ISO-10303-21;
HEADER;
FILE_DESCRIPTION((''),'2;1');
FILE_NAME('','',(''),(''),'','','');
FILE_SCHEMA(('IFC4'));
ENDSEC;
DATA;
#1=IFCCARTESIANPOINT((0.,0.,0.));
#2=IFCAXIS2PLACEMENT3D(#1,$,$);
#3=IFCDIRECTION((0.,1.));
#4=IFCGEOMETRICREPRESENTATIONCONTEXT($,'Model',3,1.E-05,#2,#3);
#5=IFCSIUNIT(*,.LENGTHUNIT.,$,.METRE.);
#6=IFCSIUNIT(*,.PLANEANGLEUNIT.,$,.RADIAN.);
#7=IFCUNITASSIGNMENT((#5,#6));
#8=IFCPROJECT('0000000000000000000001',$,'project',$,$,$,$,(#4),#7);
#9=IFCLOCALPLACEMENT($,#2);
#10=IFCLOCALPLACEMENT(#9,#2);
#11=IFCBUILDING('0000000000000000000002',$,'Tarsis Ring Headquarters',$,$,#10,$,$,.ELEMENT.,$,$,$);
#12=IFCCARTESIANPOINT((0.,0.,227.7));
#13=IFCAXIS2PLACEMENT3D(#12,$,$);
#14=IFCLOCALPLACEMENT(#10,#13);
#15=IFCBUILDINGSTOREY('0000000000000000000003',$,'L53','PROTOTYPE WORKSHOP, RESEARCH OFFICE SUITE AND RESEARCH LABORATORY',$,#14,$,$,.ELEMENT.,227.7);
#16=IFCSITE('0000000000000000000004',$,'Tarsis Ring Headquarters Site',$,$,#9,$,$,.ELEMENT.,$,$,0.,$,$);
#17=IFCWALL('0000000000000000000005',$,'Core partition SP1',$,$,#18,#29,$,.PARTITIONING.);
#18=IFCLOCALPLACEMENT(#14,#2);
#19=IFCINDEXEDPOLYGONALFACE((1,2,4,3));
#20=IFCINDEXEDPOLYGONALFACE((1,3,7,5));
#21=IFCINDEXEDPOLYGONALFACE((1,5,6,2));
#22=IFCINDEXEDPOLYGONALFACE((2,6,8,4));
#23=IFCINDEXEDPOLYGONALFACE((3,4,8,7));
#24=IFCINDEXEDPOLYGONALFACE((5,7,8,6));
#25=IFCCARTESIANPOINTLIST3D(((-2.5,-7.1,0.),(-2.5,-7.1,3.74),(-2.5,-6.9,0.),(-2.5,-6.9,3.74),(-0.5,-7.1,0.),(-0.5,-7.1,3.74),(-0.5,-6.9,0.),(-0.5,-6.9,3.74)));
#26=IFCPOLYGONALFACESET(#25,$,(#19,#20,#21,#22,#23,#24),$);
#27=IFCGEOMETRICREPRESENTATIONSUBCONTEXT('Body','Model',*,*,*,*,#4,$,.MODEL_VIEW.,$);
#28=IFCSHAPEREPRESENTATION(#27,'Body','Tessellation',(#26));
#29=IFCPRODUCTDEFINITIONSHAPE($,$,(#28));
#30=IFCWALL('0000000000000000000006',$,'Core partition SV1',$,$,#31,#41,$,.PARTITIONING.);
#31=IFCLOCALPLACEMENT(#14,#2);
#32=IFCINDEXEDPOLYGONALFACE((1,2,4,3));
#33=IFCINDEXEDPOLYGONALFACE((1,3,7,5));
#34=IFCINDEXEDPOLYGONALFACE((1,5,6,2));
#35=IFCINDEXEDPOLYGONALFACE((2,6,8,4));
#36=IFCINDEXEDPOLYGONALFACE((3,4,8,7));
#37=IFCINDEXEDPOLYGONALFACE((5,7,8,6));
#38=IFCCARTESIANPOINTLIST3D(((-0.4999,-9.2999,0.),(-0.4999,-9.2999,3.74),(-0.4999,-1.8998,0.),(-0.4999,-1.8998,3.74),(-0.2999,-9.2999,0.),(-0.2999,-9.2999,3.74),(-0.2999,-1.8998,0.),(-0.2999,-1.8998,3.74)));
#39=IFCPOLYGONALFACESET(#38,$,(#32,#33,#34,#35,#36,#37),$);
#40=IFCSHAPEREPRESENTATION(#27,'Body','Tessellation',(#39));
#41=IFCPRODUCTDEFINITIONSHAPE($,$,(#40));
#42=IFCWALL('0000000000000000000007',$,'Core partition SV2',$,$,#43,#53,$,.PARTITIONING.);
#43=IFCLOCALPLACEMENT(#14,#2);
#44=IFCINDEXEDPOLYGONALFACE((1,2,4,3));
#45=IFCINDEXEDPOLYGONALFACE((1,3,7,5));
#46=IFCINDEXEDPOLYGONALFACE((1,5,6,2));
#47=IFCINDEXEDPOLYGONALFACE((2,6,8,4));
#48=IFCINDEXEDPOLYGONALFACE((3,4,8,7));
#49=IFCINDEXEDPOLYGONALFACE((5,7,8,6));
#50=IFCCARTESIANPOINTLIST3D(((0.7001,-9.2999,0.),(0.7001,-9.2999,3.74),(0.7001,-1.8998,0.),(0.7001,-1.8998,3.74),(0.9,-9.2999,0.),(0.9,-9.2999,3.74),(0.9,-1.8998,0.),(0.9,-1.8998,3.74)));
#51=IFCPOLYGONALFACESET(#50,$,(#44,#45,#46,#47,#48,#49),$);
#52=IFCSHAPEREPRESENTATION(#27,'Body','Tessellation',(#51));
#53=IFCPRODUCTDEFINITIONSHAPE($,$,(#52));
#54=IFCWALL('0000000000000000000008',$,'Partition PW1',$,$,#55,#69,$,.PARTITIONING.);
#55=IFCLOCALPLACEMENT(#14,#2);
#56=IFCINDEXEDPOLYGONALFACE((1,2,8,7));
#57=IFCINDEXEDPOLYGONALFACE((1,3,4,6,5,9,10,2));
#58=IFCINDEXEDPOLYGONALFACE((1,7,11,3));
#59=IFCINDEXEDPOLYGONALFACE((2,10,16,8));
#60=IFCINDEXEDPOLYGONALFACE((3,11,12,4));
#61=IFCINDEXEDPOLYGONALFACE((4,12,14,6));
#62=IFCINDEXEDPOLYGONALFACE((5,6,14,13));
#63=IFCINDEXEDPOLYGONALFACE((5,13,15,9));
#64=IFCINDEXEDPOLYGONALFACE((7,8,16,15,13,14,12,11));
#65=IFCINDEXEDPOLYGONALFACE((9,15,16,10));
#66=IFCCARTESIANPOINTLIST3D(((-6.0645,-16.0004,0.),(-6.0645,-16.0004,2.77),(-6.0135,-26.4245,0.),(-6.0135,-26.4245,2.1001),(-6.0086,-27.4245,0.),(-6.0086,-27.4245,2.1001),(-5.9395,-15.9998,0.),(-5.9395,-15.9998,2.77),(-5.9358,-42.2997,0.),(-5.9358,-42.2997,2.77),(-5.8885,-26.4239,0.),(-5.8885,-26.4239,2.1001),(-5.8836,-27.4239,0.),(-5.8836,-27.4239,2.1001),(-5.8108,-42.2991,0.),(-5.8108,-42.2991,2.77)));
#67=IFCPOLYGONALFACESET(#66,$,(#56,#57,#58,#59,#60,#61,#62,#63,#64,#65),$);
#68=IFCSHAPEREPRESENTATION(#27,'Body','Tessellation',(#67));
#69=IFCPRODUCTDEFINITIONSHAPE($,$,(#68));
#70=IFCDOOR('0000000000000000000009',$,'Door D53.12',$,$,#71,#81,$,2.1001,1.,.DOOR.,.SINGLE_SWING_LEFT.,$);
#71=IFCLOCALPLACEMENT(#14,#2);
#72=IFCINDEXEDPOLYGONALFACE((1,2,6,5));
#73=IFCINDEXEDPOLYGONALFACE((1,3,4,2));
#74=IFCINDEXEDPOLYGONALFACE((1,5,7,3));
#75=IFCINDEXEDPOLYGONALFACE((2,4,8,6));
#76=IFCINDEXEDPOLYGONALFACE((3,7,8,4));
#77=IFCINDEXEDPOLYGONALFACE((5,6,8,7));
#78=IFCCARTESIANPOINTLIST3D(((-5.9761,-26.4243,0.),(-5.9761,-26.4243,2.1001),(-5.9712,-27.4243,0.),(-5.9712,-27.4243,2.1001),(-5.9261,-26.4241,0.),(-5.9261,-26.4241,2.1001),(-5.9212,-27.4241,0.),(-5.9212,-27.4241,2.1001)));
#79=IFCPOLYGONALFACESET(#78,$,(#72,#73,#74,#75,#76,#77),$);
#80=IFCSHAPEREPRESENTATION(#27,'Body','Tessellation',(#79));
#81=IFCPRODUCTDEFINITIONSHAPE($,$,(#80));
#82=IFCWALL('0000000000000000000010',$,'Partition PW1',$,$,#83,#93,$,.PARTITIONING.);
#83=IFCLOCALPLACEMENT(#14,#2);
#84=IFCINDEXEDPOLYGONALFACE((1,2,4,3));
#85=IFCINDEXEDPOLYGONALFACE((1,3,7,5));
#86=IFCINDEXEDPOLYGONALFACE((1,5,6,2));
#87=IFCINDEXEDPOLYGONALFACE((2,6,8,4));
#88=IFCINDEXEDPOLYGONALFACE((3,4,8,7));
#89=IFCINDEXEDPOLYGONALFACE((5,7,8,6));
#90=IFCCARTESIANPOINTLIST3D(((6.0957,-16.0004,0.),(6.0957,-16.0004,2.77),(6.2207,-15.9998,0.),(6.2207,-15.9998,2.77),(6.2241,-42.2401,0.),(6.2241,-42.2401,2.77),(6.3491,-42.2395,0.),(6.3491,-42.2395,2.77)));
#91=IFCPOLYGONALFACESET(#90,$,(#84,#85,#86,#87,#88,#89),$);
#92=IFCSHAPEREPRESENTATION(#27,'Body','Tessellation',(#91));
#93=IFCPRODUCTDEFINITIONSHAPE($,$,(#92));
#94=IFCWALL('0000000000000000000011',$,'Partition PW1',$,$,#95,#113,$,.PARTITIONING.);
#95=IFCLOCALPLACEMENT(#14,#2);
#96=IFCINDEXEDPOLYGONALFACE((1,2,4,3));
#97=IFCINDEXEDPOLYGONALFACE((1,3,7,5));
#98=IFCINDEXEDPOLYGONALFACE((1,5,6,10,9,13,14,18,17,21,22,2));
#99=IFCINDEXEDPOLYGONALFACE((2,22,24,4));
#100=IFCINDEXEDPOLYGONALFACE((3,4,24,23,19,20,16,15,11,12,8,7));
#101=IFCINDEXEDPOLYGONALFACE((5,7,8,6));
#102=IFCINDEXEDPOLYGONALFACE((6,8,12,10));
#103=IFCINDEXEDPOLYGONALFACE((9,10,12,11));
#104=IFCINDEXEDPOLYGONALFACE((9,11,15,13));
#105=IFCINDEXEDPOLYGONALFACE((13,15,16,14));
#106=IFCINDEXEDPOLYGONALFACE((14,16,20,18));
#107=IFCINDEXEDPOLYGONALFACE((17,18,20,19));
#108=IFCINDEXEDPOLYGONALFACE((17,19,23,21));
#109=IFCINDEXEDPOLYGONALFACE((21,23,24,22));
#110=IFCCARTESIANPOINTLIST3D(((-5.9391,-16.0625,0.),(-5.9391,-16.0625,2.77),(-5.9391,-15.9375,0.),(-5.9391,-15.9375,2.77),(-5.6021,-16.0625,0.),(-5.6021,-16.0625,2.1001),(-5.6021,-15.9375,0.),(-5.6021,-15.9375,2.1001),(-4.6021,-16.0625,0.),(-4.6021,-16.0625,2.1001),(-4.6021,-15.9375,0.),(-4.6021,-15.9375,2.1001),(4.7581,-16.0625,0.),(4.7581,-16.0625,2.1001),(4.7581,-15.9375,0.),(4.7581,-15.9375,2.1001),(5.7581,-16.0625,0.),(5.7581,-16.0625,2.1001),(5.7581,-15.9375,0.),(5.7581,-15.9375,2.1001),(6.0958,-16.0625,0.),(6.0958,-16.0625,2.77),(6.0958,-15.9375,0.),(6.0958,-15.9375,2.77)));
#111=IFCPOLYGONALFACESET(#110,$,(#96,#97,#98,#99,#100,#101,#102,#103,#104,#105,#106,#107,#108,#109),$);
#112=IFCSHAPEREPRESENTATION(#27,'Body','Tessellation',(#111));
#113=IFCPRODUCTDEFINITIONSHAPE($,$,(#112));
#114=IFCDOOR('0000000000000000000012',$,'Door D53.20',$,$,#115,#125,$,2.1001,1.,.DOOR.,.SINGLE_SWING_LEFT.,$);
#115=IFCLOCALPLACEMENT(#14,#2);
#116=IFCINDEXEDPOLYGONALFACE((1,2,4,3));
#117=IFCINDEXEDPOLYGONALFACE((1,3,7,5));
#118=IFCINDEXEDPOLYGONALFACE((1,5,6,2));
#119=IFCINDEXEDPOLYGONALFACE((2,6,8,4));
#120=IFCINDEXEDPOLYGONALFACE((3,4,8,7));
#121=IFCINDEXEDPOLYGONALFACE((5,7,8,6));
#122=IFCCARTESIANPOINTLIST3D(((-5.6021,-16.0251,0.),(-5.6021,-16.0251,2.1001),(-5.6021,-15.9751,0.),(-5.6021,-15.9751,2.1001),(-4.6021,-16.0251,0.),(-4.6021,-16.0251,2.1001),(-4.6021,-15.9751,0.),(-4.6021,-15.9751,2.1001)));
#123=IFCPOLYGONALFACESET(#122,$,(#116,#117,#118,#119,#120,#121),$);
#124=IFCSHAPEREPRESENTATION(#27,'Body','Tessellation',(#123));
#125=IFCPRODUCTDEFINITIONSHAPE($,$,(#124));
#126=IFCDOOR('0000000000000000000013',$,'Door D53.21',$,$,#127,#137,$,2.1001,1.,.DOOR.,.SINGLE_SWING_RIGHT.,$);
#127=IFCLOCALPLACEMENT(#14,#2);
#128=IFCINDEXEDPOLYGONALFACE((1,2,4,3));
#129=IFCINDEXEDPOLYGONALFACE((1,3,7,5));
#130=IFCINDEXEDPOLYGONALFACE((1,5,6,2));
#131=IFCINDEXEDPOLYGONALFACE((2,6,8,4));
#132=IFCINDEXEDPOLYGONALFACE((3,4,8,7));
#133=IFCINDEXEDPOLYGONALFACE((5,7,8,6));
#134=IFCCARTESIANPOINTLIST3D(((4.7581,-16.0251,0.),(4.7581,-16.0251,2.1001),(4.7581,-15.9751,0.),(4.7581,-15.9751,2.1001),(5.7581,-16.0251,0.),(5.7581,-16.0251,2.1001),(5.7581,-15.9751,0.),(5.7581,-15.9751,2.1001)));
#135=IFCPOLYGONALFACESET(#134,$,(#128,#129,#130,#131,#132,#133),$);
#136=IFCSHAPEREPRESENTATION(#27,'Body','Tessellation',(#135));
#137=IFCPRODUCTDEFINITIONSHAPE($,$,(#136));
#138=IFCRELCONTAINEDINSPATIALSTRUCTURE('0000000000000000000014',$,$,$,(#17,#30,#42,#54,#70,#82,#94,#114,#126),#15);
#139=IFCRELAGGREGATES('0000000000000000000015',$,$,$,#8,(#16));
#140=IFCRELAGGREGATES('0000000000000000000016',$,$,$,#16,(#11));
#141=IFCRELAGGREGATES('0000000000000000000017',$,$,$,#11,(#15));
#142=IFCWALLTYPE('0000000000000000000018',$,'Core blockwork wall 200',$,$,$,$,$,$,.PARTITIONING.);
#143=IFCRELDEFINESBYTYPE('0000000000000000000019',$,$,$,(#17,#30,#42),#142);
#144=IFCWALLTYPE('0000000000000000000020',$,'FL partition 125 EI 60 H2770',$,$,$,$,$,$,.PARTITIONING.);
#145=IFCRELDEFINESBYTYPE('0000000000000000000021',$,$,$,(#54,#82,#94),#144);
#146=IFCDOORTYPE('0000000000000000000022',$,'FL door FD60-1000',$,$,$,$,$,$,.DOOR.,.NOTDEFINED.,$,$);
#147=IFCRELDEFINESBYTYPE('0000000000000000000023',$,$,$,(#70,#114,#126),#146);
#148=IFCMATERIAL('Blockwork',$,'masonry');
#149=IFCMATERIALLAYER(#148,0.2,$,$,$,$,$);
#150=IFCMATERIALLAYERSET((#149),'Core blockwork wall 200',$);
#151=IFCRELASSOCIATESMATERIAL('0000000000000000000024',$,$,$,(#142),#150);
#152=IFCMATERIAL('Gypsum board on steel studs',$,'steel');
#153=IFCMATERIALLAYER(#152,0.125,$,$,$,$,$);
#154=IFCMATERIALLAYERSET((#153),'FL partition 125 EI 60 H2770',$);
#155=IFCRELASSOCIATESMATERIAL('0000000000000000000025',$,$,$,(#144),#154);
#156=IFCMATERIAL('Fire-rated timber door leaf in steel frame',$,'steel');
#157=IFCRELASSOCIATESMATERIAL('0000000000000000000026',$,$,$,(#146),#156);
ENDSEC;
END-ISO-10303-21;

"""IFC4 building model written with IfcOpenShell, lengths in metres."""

from ifc_helpers import new_model, si_unit, direction, frame, frame_2d, origin, place, context, subcontext, project, spatial, rectangle, extrude, material, layer, layer_set, type_object, element, fill, save


model = new_model("IFC4")

# Units and contexts
model_context = context("Model", 3, precision=1e-05, world=origin(), true_north=direction((0.0, 1.0)))
body_context = subcontext(model_context, "Body", "Model", "MODEL_VIEW")
ifc_project = project(units=[si_unit("LENGTHUNIT", "METRE"), si_unit("PLANEANGLEUNIT", "RADIAN")], contexts=[model_context])

# Site, building, storey
site_placement = place(None, origin())
site = spatial("IfcSite", under=ifc_project, at=site_placement, Name="Tarsis Ring Headquarters Site", CompositionType="ELEMENT", RefElevation=0.0)
building_placement = place(site_placement, origin())
building = spatial("IfcBuilding", under=site, at=building_placement, Name="Tarsis Ring Headquarters", CompositionType="ELEMENT")
storey_placement = place(building_placement, frame((0.0, 0.0, 227.7)))
storey = spatial("IfcBuildingStorey", under=building, at=storey_placement, Name="L53", Description="PROTOTYPE WORKSHOP, RESEARCH OFFICE SUITE AND RESEARCH LABORATORY", CompositionType="ELEMENT", Elevation=227.7)

# Walls
ifc_material_1 = material(Name="Blockwork", Category="masonry")
ifc_layer_1 = layer(ifc_material_1, 0.2)
ifc_layer_set_1 = layer_set([ifc_layer_1], Name="Core blockwork wall 200")
wall_type_1 = type_object("IfcWallType", Name="Core blockwork wall 200", PredefinedType="PARTITIONING", material=ifc_layer_set_1)
wall_1_placement = place(storey_placement, frame((-2.5, -7.0, 0.0), z_axis=(0.0, 0.0, 1.0), x_axis=(1.0, 0.0, 0.0)))
element("IfcWall", 1, at=wall_1_placement, inside=storey, type_object=wall_type_1, Name="Core partition SP1", PredefinedType="PARTITIONING", context=body_context, shape_type="SweptSolid", body=[
    extrude(rectangle(XDim=2.0, YDim=0.2, at=frame_2d((1.0, 0.0))), origin(), (0.0, 0.0, 1.0), 3.74),
])
for number, where, z_axis, x_axis, name in (
    (2, (-0.3999, -9.3, 0.0), (0.0, 0.0, 1.0), (0.0, 1.0, 0.0), "Core partition SV1"),
    (3, (0.8, -9.3, 0.0), (0.0, 0.0, 1.0), (0.0, 1.0, 0.0), "Core partition SV2"),
):
    element("IfcWall", number, at=place(storey_placement, frame(where, z_axis=z_axis, x_axis=x_axis)), inside=storey, type_object=wall_type_1, Name=name, PredefinedType="PARTITIONING", context=body_context, shape_type="SweptSolid", body=[
        extrude(rectangle(XDim=7.4001, YDim=0.2, at=frame_2d((3.7002, 0.0))), origin(), (0.0, 0.0, 1.0), 3.74),
    ])

# Wall, opening, door
ifc_material_2 = material(Name="Gypsum board on steel studs", Category="steel")
ifc_layer_2 = layer(ifc_material_2, 0.125)
ifc_layer_set_2 = layer_set([ifc_layer_2], Name="FL partition 125 EI 60 H2770")
wall_type_2 = type_object("IfcWallType", Name="FL partition 125 EI 60 H2770", PredefinedType="PARTITIONING", material=ifc_layer_set_2)
wall_2_placement = place(storey_placement, frame((-6.002, -16.0, 0.0), z_axis=(0.0, 0.0, 1.0), x_axis=(0.004892, -0.999988, 0.0)))
wall_2 = element("IfcWall", 4, at=wall_2_placement, inside=storey, type_object=wall_type_2, Name="Partition PW1", PredefinedType="PARTITIONING", context=body_context, shape_type="SweptSolid", body=[
    extrude(rectangle(XDim=26.2996, YDim=0.125, at=frame_2d((13.1499, 0.0))), origin(), (0.0, 0.0, 1.0), 2.77),
])
opening_1_placement = place(wall_2_placement, frame((10.4243, 0.0, 0.0)))
opening_1 = element("IfcOpeningElement", 5, at=opening_1_placement, cuts=wall_2, PredefinedType="OPENING", context=body_context, shape_type="SweptSolid", body=[
    extrude(rectangle(XDim=1.0, YDim=2.1001, at=frame_2d((0.5, 1.05))), frame((0.0, 0.0725, 0.0), z_axis=(0.0, -1.0, 0.0), x_axis=(1.0, 0.0, 0.0)), (0.0, 0.0, 1.0), 0.145),
])
ifc_material_3 = material(Name="Fire-rated timber door leaf in steel frame", Category="steel")
door_type_1 = type_object("IfcDoorType", Name="FL door FD60-1000", OperationType="NOTDEFINED", PredefinedType="DOOR", material=ifc_material_3)
door_1_placement = place(opening_1_placement, origin())
door_1 = element("IfcDoor", 6, at=door_1_placement, inside=storey, type_object=door_type_1, Name="Door D53.12", OperationType="SINGLE_SWING_LEFT", OverallHeight=2.1001, OverallWidth=1.0, PredefinedType="DOOR", context=body_context, shape_type="SweptSolid", body=[
    extrude(rectangle(XDim=1.0, YDim=2.1001, at=frame_2d((0.5, 1.05))), frame((0.0, 0.0249, 0.0), z_axis=(0.0, -1.0, 0.0), x_axis=(1.0, 0.0, 0.0)), (0.0, 0.0, 1.0), 0.05),
])
fill(opening_1, door_1)

# Wall
wall_3_placement = place(storey_placement, frame((6.1582, -16.0, 0.0), z_axis=(0.0, 0.0, 1.0), x_axis=(0.004894, -0.999988, 0.0)))
element("IfcWall", 7, at=wall_3_placement, inside=storey, type_object=wall_type_2, Name="Partition PW1", PredefinedType="PARTITIONING", context=body_context, shape_type="SweptSolid", body=[
    extrude(rectangle(XDim=26.24, YDim=0.125, at=frame_2d((13.1201, 0.0))), origin(), (0.0, 0.0, 1.0), 2.77),
])

# Wall, openings, doors
wall_4_placement = place(storey_placement, frame((-5.9392, -16.0, 0.0), z_axis=(0.0, 0.0, 1.0), x_axis=(1.0, 0.0, 0.0)))
wall_4 = element("IfcWall", 8, at=wall_4_placement, inside=storey, type_object=wall_type_2, Name="Partition PW1", PredefinedType="PARTITIONING", context=body_context, shape_type="SweptSolid", body=[
    extrude(rectangle(XDim=12.0349, YDim=0.125, at=frame_2d((6.0176, 0.0))), origin(), (0.0, 0.0, 1.0), 2.77),
])
opening_2_placement = place(wall_4_placement, frame((0.3372, 0.0, 0.0)))
opening_2 = element("IfcOpeningElement", 9, at=opening_2_placement, cuts=wall_4, PredefinedType="OPENING", context=body_context, shape_type="SweptSolid", body=[
    extrude(rectangle(XDim=1.0, YDim=2.1001, at=frame_2d((0.5, 1.05))), frame((0.0, 0.0725, 0.0), z_axis=(0.0, -1.0, 0.0), x_axis=(1.0, 0.0, 0.0)), (0.0, 0.0, 1.0), 0.145),
])
opening_3_placement = place(wall_4_placement, frame((10.6973, 0.0, 0.0)))
opening_3 = element("IfcOpeningElement", 10, at=opening_3_placement, cuts=wall_4, PredefinedType="OPENING", context=body_context, shape_type="SweptSolid", body=[
    extrude(rectangle(XDim=1.0, YDim=2.1001, at=frame_2d((0.5, 1.05))), frame((0.0, 0.0725, 0.0), z_axis=(0.0, -1.0, 0.0), x_axis=(1.0, 0.0, 0.0)), (0.0, 0.0, 1.0), 0.145),
])
door_2_placement = place(opening_2_placement, origin())
door_2 = element("IfcDoor", 11, at=door_2_placement, inside=storey, type_object=door_type_1, Name="Door D53.20", OperationType="SINGLE_SWING_LEFT", OverallHeight=2.1001, OverallWidth=1.0, PredefinedType="DOOR", context=body_context, shape_type="SweptSolid", body=[
    extrude(rectangle(XDim=1.0, YDim=2.1001, at=frame_2d((0.5, 1.05))), frame((0.0, 0.0249, 0.0), z_axis=(0.0, -1.0, 0.0), x_axis=(1.0, 0.0, 0.0)), (0.0, 0.0, 1.0), 0.05),
])
fill(opening_2, door_2)
door_3_placement = place(opening_3_placement, origin())
door_3 = element("IfcDoor", 12, at=door_3_placement, inside=storey, type_object=door_type_1, Name="Door D53.21", OperationType="SINGLE_SWING_RIGHT", OverallHeight=2.1001, OverallWidth=1.0, PredefinedType="DOOR", context=body_context, shape_type="SweptSolid", body=[
    extrude(rectangle(XDim=1.0, YDim=2.1001, at=frame_2d((0.5, 1.05))), frame((0.0, 0.0249, 0.0), z_axis=(0.0, -1.0, 0.0), x_axis=(1.0, 0.0, 0.0)), (0.0, 0.0, 1.0), 0.05),
])
fill(opening_3, door_3)

save(model, "model.ifc")
